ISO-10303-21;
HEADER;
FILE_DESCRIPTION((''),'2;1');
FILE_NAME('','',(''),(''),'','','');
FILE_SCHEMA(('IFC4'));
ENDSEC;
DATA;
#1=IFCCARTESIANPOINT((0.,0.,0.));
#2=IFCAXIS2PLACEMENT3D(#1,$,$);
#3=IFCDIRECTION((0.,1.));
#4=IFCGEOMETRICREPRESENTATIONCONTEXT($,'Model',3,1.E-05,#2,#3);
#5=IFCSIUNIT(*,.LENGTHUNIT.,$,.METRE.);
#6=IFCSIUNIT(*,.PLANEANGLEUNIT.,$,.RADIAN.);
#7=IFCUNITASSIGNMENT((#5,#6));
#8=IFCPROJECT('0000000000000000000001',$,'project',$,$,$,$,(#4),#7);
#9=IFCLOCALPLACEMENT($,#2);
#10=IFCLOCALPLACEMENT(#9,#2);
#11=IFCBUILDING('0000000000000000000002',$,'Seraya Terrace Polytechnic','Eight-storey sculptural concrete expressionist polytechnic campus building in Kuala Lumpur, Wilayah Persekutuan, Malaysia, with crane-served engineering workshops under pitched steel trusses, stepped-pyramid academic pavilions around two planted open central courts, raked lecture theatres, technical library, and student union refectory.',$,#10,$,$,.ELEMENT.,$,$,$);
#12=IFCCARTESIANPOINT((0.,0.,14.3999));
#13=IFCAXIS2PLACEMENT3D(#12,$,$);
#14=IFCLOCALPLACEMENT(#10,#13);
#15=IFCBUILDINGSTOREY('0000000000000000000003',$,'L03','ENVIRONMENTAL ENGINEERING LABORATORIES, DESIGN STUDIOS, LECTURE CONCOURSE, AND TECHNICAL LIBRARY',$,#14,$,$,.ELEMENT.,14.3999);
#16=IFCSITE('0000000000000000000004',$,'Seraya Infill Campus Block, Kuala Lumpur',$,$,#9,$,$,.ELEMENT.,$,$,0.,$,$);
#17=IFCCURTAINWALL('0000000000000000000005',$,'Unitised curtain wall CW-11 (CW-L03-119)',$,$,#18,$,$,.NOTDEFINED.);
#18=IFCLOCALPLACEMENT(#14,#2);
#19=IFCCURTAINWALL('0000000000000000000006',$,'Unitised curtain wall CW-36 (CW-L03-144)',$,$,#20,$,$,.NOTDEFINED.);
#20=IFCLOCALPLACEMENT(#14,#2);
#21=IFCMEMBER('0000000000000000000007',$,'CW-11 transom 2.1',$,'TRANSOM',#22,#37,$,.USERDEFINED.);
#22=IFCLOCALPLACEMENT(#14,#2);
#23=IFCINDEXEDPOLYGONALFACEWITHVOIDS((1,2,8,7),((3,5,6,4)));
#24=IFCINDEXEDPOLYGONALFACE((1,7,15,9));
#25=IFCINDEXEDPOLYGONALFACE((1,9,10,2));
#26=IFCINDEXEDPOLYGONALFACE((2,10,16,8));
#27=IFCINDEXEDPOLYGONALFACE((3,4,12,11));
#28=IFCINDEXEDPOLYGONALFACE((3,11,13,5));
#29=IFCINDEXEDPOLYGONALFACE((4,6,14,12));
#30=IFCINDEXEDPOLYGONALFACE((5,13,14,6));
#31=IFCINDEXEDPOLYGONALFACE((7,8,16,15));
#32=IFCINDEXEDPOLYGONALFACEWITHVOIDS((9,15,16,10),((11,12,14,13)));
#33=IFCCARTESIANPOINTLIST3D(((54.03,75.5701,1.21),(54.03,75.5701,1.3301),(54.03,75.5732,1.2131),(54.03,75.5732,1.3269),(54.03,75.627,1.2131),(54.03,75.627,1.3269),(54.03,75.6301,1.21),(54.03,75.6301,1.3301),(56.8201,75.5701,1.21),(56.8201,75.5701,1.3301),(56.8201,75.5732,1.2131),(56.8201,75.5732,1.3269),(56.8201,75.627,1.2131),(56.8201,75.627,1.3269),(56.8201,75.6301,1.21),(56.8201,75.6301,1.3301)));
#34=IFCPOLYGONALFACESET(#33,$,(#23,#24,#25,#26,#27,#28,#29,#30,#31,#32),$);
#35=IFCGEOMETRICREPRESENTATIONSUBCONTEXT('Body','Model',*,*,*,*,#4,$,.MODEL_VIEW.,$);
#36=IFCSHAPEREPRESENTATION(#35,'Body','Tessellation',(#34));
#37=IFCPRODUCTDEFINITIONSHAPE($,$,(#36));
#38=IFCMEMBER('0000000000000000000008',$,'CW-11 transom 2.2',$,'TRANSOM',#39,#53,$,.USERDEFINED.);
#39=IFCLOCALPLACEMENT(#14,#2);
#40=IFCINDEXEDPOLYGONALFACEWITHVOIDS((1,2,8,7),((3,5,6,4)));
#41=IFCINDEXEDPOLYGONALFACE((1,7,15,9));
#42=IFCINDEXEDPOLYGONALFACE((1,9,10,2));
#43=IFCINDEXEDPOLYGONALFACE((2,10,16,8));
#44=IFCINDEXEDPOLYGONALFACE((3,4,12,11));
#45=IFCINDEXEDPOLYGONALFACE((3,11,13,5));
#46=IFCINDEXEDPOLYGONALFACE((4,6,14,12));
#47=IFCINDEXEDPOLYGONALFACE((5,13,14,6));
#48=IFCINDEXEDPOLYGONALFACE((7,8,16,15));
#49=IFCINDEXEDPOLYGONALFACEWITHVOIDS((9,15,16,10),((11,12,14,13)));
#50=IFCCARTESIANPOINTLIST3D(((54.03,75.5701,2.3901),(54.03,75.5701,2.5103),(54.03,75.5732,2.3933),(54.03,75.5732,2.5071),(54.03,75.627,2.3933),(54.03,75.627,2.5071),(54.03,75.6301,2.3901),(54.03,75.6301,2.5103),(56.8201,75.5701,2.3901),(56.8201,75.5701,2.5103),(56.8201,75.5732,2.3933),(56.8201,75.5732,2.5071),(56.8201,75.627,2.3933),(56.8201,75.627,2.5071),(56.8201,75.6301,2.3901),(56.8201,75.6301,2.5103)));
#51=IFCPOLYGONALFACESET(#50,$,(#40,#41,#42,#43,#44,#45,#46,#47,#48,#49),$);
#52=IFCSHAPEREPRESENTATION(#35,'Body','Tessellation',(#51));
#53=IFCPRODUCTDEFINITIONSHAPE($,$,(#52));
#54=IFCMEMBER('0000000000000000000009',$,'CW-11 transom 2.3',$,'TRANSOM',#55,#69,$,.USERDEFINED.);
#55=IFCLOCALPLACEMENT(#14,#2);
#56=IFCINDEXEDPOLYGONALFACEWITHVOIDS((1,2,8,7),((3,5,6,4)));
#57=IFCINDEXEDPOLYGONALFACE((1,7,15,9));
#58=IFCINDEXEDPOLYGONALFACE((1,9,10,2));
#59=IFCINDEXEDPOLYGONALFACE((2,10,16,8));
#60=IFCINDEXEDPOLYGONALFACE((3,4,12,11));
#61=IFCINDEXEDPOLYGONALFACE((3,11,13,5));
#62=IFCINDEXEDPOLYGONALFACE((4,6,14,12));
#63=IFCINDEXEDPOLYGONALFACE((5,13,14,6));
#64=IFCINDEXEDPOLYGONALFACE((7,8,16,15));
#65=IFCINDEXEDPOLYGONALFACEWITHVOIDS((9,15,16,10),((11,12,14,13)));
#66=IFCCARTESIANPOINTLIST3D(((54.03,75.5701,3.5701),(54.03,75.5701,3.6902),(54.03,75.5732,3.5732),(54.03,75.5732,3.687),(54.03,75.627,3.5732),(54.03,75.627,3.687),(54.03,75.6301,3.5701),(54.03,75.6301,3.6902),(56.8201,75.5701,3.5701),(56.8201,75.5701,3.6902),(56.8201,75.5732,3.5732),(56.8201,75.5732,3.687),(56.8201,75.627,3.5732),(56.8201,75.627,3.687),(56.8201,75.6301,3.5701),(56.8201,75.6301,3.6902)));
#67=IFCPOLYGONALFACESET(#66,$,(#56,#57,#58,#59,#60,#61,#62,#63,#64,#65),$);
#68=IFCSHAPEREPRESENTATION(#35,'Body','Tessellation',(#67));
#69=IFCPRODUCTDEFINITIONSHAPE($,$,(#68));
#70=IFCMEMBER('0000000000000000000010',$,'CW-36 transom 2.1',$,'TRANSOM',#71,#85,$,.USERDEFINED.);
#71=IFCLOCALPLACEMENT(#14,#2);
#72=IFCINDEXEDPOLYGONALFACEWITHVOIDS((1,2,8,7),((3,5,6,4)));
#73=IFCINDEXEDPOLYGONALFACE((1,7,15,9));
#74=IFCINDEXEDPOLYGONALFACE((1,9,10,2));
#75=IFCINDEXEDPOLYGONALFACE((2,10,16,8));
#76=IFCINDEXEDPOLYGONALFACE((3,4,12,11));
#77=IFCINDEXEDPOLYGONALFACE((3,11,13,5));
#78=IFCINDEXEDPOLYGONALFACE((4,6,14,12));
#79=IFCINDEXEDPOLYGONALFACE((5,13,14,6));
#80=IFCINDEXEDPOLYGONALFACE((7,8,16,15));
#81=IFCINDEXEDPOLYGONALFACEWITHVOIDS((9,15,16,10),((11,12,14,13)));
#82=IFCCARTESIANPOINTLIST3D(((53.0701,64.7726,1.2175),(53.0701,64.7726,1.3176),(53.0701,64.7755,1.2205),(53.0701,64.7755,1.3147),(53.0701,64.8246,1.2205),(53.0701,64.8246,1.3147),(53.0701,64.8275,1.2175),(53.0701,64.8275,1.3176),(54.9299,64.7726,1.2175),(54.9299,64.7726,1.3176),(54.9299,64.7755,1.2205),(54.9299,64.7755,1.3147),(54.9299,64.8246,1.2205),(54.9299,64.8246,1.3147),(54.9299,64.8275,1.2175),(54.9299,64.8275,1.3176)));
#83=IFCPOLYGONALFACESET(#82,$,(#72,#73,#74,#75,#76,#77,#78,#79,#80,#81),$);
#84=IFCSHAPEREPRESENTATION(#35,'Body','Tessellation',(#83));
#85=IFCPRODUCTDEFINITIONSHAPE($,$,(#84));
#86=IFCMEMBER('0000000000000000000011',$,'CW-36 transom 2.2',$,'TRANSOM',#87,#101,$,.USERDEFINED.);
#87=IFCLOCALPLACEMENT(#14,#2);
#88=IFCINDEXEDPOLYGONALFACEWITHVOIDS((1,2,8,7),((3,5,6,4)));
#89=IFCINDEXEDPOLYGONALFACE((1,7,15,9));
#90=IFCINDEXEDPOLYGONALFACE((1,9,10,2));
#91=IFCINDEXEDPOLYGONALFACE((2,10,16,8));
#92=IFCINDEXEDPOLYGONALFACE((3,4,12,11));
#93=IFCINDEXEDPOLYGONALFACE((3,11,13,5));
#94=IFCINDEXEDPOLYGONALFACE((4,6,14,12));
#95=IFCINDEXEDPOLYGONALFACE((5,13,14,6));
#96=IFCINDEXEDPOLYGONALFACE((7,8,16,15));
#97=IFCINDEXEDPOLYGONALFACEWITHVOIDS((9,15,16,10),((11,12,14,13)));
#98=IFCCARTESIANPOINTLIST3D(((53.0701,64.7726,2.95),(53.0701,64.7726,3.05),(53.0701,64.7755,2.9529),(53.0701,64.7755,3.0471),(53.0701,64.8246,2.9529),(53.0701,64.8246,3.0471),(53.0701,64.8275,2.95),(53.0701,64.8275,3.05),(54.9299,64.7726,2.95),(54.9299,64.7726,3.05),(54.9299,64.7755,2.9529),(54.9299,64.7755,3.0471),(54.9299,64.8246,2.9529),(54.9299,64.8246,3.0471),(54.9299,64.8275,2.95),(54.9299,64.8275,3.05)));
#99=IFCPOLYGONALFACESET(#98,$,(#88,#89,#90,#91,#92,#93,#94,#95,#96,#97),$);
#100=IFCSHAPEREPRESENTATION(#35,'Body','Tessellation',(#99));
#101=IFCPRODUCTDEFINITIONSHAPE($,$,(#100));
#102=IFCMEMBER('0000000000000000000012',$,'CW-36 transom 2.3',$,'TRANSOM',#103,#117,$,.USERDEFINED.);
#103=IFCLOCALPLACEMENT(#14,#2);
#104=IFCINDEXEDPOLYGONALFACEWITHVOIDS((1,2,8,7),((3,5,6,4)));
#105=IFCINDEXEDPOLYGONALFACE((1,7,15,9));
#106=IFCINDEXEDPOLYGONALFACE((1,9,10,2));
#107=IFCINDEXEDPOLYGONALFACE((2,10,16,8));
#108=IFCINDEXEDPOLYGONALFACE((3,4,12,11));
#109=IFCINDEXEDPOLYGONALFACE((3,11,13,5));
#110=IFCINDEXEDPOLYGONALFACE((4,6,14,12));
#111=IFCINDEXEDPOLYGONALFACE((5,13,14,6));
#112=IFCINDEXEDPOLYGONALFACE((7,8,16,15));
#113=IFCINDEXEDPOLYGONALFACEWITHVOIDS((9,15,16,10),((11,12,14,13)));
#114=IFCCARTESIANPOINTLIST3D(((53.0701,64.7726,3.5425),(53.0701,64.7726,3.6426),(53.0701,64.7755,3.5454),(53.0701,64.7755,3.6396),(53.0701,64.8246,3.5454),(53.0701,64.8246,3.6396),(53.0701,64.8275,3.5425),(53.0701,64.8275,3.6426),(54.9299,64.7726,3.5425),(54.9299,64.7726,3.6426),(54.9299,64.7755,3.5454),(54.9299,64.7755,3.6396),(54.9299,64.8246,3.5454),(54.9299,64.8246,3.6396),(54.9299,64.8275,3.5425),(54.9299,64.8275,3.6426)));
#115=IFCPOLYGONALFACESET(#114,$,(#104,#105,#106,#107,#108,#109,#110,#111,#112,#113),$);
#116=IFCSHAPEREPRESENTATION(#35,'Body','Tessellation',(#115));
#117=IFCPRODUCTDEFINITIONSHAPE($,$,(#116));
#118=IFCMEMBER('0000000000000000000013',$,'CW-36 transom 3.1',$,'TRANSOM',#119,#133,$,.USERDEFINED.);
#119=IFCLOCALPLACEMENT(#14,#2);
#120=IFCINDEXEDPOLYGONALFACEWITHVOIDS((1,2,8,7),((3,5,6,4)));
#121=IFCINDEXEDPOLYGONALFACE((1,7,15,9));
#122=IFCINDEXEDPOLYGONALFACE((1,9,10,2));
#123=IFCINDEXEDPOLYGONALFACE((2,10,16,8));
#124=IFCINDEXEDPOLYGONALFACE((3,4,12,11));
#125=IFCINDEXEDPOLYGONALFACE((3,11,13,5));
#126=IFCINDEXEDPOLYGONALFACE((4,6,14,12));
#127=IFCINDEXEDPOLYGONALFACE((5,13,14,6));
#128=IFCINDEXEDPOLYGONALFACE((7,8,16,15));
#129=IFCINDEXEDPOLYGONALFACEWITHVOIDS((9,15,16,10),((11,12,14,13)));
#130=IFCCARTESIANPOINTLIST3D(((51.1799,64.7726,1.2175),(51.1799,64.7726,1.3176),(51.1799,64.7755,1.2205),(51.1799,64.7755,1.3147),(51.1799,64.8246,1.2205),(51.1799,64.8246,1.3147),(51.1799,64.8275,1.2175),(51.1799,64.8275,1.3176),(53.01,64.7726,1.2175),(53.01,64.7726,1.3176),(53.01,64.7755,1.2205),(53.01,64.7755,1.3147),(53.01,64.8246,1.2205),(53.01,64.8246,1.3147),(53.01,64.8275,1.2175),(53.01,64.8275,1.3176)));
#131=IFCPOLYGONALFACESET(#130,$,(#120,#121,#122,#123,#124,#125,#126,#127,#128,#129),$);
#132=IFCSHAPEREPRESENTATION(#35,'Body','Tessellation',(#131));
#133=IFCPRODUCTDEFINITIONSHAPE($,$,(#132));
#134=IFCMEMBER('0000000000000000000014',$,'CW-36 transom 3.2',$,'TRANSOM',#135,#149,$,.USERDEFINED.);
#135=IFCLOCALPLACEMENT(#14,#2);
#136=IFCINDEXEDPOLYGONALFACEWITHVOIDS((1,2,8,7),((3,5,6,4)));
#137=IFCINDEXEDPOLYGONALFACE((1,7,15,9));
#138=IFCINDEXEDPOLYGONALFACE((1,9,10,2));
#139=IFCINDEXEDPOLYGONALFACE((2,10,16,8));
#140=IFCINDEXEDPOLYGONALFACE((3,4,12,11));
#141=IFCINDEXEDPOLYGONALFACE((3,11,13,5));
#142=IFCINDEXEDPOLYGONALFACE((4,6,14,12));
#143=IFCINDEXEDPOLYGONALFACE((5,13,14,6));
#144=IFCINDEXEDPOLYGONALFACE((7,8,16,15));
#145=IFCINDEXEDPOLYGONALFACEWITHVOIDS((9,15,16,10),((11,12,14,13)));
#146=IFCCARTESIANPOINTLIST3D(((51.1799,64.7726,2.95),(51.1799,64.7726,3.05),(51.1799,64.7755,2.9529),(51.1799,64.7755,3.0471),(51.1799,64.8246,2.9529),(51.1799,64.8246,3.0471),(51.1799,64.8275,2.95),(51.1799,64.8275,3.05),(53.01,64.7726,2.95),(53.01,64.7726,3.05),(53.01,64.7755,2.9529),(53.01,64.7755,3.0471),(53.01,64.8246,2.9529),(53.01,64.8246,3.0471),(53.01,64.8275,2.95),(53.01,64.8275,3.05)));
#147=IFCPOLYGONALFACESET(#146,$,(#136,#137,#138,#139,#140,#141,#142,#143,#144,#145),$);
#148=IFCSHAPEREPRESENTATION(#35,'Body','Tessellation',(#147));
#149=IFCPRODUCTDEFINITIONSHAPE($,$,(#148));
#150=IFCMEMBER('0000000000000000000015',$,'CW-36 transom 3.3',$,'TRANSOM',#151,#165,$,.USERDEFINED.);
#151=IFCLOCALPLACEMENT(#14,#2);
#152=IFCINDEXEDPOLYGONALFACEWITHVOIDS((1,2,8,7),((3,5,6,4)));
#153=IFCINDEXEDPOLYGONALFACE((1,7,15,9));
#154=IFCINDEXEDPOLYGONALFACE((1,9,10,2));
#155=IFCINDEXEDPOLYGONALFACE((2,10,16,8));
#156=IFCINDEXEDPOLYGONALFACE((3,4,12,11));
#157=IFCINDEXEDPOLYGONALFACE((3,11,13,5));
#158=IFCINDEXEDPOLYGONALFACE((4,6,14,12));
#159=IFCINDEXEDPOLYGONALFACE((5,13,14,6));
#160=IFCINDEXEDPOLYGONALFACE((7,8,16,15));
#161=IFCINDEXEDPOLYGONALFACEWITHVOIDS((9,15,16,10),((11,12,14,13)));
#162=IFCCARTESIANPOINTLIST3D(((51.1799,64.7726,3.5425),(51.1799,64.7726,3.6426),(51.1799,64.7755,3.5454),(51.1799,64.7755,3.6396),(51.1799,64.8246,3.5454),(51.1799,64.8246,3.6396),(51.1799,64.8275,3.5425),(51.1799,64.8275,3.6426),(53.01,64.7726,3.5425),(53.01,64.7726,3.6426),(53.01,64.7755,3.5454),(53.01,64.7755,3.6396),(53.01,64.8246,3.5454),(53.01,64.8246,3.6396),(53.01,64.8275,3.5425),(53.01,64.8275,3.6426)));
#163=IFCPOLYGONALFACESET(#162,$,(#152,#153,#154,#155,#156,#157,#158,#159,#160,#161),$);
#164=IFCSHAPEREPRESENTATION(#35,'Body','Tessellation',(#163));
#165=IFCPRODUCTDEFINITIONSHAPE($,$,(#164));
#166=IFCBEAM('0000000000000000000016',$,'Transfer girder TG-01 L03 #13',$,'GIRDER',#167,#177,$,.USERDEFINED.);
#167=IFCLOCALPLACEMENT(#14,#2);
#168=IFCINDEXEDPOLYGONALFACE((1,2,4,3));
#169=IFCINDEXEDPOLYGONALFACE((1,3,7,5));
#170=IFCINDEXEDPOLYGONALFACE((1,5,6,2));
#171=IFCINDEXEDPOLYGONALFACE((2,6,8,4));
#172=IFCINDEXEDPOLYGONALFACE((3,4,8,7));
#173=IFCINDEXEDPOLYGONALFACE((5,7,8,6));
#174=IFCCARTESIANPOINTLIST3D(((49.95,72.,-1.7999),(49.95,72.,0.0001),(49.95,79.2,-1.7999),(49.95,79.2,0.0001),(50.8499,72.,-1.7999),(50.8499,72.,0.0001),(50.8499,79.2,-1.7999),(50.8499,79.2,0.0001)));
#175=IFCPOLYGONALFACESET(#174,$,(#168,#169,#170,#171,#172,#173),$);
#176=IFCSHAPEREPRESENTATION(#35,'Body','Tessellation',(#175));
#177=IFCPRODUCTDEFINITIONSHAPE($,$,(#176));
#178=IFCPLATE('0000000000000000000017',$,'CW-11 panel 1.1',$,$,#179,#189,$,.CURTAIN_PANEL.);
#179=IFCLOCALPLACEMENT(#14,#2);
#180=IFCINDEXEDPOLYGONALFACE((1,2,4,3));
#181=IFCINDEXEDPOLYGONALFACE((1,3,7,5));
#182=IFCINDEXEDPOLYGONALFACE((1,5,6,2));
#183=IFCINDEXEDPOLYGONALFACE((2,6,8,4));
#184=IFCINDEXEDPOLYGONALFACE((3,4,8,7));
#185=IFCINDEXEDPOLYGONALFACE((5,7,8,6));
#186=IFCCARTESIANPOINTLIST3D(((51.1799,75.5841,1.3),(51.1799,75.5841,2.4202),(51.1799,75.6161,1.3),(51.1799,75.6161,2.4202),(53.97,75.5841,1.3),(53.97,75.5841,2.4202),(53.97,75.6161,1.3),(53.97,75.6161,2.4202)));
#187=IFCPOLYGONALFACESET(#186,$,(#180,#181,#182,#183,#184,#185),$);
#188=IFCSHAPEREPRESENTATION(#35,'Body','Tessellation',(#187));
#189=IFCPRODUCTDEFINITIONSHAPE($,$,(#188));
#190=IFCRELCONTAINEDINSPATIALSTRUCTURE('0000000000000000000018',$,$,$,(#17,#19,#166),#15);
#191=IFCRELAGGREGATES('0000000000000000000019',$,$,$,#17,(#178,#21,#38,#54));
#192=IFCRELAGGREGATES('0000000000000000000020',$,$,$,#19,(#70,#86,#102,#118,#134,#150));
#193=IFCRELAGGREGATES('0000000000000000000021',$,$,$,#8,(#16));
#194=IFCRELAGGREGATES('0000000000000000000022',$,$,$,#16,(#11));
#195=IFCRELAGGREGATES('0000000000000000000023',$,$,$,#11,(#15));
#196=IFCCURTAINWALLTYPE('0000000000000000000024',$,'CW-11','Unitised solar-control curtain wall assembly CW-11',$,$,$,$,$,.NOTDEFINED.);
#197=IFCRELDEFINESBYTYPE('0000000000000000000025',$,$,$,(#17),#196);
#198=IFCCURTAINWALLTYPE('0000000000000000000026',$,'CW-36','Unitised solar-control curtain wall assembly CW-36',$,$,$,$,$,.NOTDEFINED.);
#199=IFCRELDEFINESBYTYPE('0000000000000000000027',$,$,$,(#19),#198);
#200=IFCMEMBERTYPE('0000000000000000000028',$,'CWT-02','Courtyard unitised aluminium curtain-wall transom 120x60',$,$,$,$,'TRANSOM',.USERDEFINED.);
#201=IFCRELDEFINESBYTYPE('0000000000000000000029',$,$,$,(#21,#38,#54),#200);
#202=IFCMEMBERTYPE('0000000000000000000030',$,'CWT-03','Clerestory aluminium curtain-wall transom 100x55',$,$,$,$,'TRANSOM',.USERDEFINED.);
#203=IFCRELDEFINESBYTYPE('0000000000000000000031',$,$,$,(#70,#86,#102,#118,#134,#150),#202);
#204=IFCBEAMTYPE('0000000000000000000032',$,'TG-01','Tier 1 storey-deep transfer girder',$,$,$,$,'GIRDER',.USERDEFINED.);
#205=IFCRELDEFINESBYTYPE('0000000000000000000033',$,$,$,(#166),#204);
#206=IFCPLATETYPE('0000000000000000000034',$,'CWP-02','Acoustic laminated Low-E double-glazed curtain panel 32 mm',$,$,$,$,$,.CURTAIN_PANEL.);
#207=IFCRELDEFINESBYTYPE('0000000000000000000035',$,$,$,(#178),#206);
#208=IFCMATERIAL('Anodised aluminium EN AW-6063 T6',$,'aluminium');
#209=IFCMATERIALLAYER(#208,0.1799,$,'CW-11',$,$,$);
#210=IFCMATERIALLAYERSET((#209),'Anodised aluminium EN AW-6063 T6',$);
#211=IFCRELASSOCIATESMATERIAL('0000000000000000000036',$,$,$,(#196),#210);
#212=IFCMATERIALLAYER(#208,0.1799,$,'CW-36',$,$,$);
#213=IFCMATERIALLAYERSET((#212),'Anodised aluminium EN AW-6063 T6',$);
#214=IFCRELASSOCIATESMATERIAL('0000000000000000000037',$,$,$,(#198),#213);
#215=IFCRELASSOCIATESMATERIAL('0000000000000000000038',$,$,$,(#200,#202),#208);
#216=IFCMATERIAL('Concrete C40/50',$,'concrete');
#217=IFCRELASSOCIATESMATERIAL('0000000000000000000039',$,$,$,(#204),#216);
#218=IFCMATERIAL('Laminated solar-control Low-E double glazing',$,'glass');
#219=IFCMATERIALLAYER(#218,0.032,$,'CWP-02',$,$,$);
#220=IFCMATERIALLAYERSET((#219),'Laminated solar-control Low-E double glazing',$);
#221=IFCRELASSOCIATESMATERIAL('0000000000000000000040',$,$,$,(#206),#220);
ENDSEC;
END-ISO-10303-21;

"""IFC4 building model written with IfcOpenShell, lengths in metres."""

from ifc_helpers import new_model, si_unit, direction, frame, origin, origin_2d, place, context, subcontext, project, spatial, rectangle, hollow_rectangle, extrude, material, layer, layer_set, material_profile, profile_set, type_object, element, aggregate, save


model = new_model("IFC4")

# Units and contexts
model_context = context("Model", 3, precision=1e-05, world=origin(), true_north=direction((0.0, 1.0)))
body_context = subcontext(model_context, "Body", "Model", "MODEL_VIEW")
ifc_project = project(units=[si_unit("LENGTHUNIT", "METRE"), si_unit("PLANEANGLEUNIT", "RADIAN")], contexts=[model_context])

# Site, building, storey
site_placement = place(None, origin())
site = spatial("IfcSite", under=ifc_project, at=site_placement, Name="Seraya Infill Campus Block, Kuala Lumpur", CompositionType="ELEMENT", RefElevation=0.0)
building_placement = place(site_placement, origin())
building = spatial("IfcBuilding", under=site, at=building_placement, Name="Seraya Terrace Polytechnic", Description="Eight-storey sculptural concrete expressionist polytechnic campus building in Kuala Lumpur, Wilayah Persekutuan, Malaysia, with crane-served engineering workshops under pitched steel trusses, stepped-pyramid academic pavilions around two planted open central courts, raked lecture theatres, technical library, and student union refectory.", CompositionType="ELEMENT")
storey_placement = place(building_placement, frame((0.0, 0.0, 14.3999)))
storey = spatial("IfcBuildingStorey", under=building, at=storey_placement, Name="L03", Description="ENVIRONMENTAL ENGINEERING LABORATORIES, DESIGN STUDIOS, LECTURE CONCOURSE, AND TECHNICAL LIBRARY", CompositionType="ELEMENT", Elevation=14.3999)

# Shared definitions
ifc_material_1 = material(Name="Concrete C40/50", Category="concrete")

# Curtain walls
ifc_material_2 = material(Name="Anodised aluminium EN AW-6063 T6", Category="aluminium")
ifc_layer_1 = layer(ifc_material_2, 0.1799, Name="CW-11")
ifc_layer_set_1 = layer_set([ifc_layer_1], Name="Anodised aluminium EN AW-6063 T6")
curtain_wall_type_1 = type_object("IfcCurtainWallType", Name="CW-11", Description="Unitised solar-control curtain wall assembly CW-11", PredefinedType="NOTDEFINED", material=ifc_layer_set_1)
curtain_wall_1_placement = place(storey_placement, origin())
curtain_wall_1 = element("IfcCurtainWall", 1, at=curtain_wall_1_placement, inside=storey, type_object=curtain_wall_type_1, Name="Unitised curtain wall CW-11 (CW-L03-119)", PredefinedType="NOTDEFINED")
ifc_layer_2 = layer(ifc_material_2, 0.1799, Name="CW-36")
ifc_layer_set_2 = layer_set([ifc_layer_2], Name="Anodised aluminium EN AW-6063 T6")
curtain_wall_type_2 = type_object("IfcCurtainWallType", Name="CW-36", Description="Unitised solar-control curtain wall assembly CW-36", PredefinedType="NOTDEFINED", material=ifc_layer_set_2)
curtain_wall_2_placement = place(storey_placement, origin())
curtain_wall_2 = element("IfcCurtainWall", 2, at=curtain_wall_2_placement, inside=storey, type_object=curtain_wall_type_2, Name="Unitised curtain wall CW-36 (CW-L03-144)", PredefinedType="NOTDEFINED")

# Members
ifc_material_profile_1 = material_profile(ifc_material_2, hollow_rectangle(XDim=0.0601, YDim=0.1201, WallThickness=0.0032, at=origin_2d()), Name="RHS 120x60x3.2")
ifc_profile_set_1 = profile_set([ifc_material_profile_1], Name="Anodised aluminium EN AW-6063 T6")
member_type_1 = type_object("IfcMemberType", Name="CWT-02", Description="Courtyard unitised aluminium curtain-wall transom 120x60", ElementType="TRANSOM", PredefinedType="USERDEFINED", material=ifc_profile_set_1)
member_1_placement = place(storey_placement, frame((54.03, 75.6001, 1.27), z_axis=(1.0, 0.0, 0.0), x_axis=(0.0, 1.0, 0.0)))
member_1 = element("IfcMember", 3, at=member_1_placement, type_object=member_type_1, Name="CW-11 transom 2.1", ObjectType="TRANSOM", PredefinedType="USERDEFINED", context=body_context, shape_type="SweptSolid", body=[
    extrude(hollow_rectangle(XDim=0.0601, YDim=0.1201, WallThickness=0.0032, at=origin_2d()), origin(), (0.0, 0.0, 1.0), 2.79),
])
member_2_placement = place(storey_placement, frame((54.03, 75.6001, 2.4502), z_axis=(1.0, 0.0, 0.0), x_axis=(0.0, 1.0, 0.0)))
member_2 = element("IfcMember", 4, at=member_2_placement, type_object=member_type_1, Name="CW-11 transom 2.2", ObjectType="TRANSOM", PredefinedType="USERDEFINED", context=body_context, shape_type="SweptSolid", body=[
    extrude(hollow_rectangle(XDim=0.0601, YDim=0.1201, WallThickness=0.0032, at=origin_2d()), origin(), (0.0, 0.0, 1.0), 2.79),
])
member_3_placement = place(storey_placement, frame((54.03, 75.6001, 3.6301), z_axis=(1.0, 0.0, 0.0), x_axis=(0.0, 1.0, 0.0)))
member_3 = element("IfcMember", 5, at=member_3_placement, type_object=member_type_1, Name="CW-11 transom 2.3", ObjectType="TRANSOM", PredefinedType="USERDEFINED", context=body_context, shape_type="SweptSolid", body=[
    extrude(hollow_rectangle(XDim=0.0601, YDim=0.1201, WallThickness=0.0032, at=origin_2d()), origin(), (0.0, 0.0, 1.0), 2.79),
])
ifc_material_profile_2 = material_profile(ifc_material_2, hollow_rectangle(XDim=0.0549, YDim=0.1001, WallThickness=0.0029, at=origin_2d()), Name="RHS 100x55x3.0")
ifc_profile_set_2 = profile_set([ifc_material_profile_2], Name="Anodised aluminium EN AW-6063 T6")
member_type_2 = type_object("IfcMemberType", Name="CWT-03", Description="Clerestory aluminium curtain-wall transom 100x55", ElementType="TRANSOM", PredefinedType="USERDEFINED", material=ifc_profile_set_2)
member_4_placement = place(storey_placement, frame((54.9299, 64.8, 1.2676), z_axis=(-1.0, 0.0, 0.0), x_axis=(0.0, -1.0, 0.0)))
member_4 = element("IfcMember", 6, at=member_4_placement, type_object=member_type_2, Name="CW-36 transom 2.1", ObjectType="TRANSOM", PredefinedType="USERDEFINED", context=body_context, shape_type="SweptSolid", body=[
    extrude(hollow_rectangle(XDim=0.0549, YDim=0.1001, WallThickness=0.0029, at=origin_2d()), origin(), (0.0, 0.0, 1.0), 1.8599),
])
member_5_placement = place(storey_placement, frame((54.9299, 64.8, 3.0), z_axis=(-1.0, 0.0, 0.0), x_axis=(0.0, -1.0, 0.0)))
member_5 = element("IfcMember", 7, at=member_5_placement, type_object=member_type_2, Name="CW-36 transom 2.2", ObjectType="TRANSOM", PredefinedType="USERDEFINED", context=body_context, shape_type="SweptSolid", body=[
    extrude(hollow_rectangle(XDim=0.0549, YDim=0.1001, WallThickness=0.0029, at=origin_2d()), origin(), (0.0, 0.0, 1.0), 1.8599),
])
member_6_placement = place(storey_placement, frame((54.9299, 64.8, 3.5925), z_axis=(-1.0, 0.0, 0.0), x_axis=(0.0, -1.0, 0.0)))
member_6 = element("IfcMember", 8, at=member_6_placement, type_object=member_type_2, Name="CW-36 transom 2.3", ObjectType="TRANSOM", PredefinedType="USERDEFINED", context=body_context, shape_type="SweptSolid", body=[
    extrude(hollow_rectangle(XDim=0.0549, YDim=0.1001, WallThickness=0.0029, at=origin_2d()), origin(), (0.0, 0.0, 1.0), 1.8599),
])
member_7_placement = place(storey_placement, frame((53.01, 64.8, 1.2676), z_axis=(-1.0, 0.0, 0.0), x_axis=(0.0, -1.0, 0.0)))
member_7 = element("IfcMember", 9, at=member_7_placement, type_object=member_type_2, Name="CW-36 transom 3.1", ObjectType="TRANSOM", PredefinedType="USERDEFINED", context=body_context, shape_type="SweptSolid", body=[
    extrude(hollow_rectangle(XDim=0.0549, YDim=0.1001, WallThickness=0.0029, at=origin_2d()), origin(), (0.0, 0.0, 1.0), 1.8301),
])
member_8_placement = place(storey_placement, frame((53.01, 64.8, 3.0), z_axis=(-1.0, 0.0, 0.0), x_axis=(0.0, -1.0, 0.0)))
member_8 = element("IfcMember", 10, at=member_8_placement, type_object=member_type_2, Name="CW-36 transom 3.2", ObjectType="TRANSOM", PredefinedType="USERDEFINED", context=body_context, shape_type="SweptSolid", body=[
    extrude(hollow_rectangle(XDim=0.0549, YDim=0.1001, WallThickness=0.0029, at=origin_2d()), origin(), (0.0, 0.0, 1.0), 1.8301),
])
member_9_placement = place(storey_placement, frame((53.01, 64.8, 3.5925), z_axis=(-1.0, 0.0, 0.0), x_axis=(0.0, -1.0, 0.0)))
member_9 = element("IfcMember", 11, at=member_9_placement, type_object=member_type_2, Name="CW-36 transom 3.3", ObjectType="TRANSOM", PredefinedType="USERDEFINED", context=body_context, shape_type="SweptSolid", body=[
    extrude(hollow_rectangle(XDim=0.0549, YDim=0.1001, WallThickness=0.0029, at=origin_2d()), origin(), (0.0, 0.0, 1.0), 1.8301),
])

# Beam
ifc_material_profile_3 = material_profile(ifc_material_1, rectangle(XDim=0.8999, YDim=1.8, at=origin_2d()), Name="RC 900x1800")
ifc_profile_set_3 = profile_set([ifc_material_profile_3], Name="Concrete C40/50")
beam_type_1 = type_object("IfcBeamType", Name="TG-01", Description="Tier 1 storey-deep transfer girder", ElementType="GIRDER", PredefinedType="USERDEFINED", material=ifc_profile_set_3)
beam_placement = place(storey_placement, frame((50.3999, 72.0, -0.8999), z_axis=(0.0, 1.0, 0.0), x_axis=(-1.0, 0.0, 0.0)))
element("IfcBeam", 12, at=beam_placement, inside=storey, type_object=beam_type_1, Name="Transfer girder TG-01 L03 #13", ObjectType="GIRDER", PredefinedType="USERDEFINED", context=body_context, shape_type="SweptSolid", body=[
    extrude(rectangle(XDim=0.8999, YDim=1.8, at=origin_2d()), origin(), (0.0, 0.0, 1.0), 7.2),
])

# Plate
ifc_material_3 = material(Name="Laminated solar-control Low-E double glazing", Category="glass")
ifc_layer_3 = layer(ifc_material_3, 0.032, Name="CWP-02")
ifc_layer_set_3 = layer_set([ifc_layer_3], Name="Laminated solar-control Low-E double glazing")
plate_type_1 = type_object("IfcPlateType", Name="CWP-02", Description="Acoustic laminated Low-E double-glazed curtain panel 32 mm", PredefinedType="CURTAIN_PANEL", material=ifc_layer_set_3)
plate_1_placement = place(storey_placement, frame((52.575, 75.6001, 1.3), z_axis=(0.0, 0.0, 1.0), x_axis=(1.0, 0.0, 0.0)))
plate_1 = element("IfcPlate", 13, at=plate_1_placement, type_object=plate_type_1, Name="CW-11 panel 1.1", PredefinedType="CURTAIN_PANEL", context=body_context, shape_type="SweptSolid", body=[
    extrude(rectangle(XDim=2.79, YDim=0.032, at=origin_2d()), origin(), (0.0, 0.0, 1.0), 1.1201),
])
aggregate(curtain_wall_1, [plate_1, member_1, member_2, member_3])
aggregate(curtain_wall_2, [member_4, member_5, member_6, member_7, member_8, member_9])

save(model, "model.ifc")
